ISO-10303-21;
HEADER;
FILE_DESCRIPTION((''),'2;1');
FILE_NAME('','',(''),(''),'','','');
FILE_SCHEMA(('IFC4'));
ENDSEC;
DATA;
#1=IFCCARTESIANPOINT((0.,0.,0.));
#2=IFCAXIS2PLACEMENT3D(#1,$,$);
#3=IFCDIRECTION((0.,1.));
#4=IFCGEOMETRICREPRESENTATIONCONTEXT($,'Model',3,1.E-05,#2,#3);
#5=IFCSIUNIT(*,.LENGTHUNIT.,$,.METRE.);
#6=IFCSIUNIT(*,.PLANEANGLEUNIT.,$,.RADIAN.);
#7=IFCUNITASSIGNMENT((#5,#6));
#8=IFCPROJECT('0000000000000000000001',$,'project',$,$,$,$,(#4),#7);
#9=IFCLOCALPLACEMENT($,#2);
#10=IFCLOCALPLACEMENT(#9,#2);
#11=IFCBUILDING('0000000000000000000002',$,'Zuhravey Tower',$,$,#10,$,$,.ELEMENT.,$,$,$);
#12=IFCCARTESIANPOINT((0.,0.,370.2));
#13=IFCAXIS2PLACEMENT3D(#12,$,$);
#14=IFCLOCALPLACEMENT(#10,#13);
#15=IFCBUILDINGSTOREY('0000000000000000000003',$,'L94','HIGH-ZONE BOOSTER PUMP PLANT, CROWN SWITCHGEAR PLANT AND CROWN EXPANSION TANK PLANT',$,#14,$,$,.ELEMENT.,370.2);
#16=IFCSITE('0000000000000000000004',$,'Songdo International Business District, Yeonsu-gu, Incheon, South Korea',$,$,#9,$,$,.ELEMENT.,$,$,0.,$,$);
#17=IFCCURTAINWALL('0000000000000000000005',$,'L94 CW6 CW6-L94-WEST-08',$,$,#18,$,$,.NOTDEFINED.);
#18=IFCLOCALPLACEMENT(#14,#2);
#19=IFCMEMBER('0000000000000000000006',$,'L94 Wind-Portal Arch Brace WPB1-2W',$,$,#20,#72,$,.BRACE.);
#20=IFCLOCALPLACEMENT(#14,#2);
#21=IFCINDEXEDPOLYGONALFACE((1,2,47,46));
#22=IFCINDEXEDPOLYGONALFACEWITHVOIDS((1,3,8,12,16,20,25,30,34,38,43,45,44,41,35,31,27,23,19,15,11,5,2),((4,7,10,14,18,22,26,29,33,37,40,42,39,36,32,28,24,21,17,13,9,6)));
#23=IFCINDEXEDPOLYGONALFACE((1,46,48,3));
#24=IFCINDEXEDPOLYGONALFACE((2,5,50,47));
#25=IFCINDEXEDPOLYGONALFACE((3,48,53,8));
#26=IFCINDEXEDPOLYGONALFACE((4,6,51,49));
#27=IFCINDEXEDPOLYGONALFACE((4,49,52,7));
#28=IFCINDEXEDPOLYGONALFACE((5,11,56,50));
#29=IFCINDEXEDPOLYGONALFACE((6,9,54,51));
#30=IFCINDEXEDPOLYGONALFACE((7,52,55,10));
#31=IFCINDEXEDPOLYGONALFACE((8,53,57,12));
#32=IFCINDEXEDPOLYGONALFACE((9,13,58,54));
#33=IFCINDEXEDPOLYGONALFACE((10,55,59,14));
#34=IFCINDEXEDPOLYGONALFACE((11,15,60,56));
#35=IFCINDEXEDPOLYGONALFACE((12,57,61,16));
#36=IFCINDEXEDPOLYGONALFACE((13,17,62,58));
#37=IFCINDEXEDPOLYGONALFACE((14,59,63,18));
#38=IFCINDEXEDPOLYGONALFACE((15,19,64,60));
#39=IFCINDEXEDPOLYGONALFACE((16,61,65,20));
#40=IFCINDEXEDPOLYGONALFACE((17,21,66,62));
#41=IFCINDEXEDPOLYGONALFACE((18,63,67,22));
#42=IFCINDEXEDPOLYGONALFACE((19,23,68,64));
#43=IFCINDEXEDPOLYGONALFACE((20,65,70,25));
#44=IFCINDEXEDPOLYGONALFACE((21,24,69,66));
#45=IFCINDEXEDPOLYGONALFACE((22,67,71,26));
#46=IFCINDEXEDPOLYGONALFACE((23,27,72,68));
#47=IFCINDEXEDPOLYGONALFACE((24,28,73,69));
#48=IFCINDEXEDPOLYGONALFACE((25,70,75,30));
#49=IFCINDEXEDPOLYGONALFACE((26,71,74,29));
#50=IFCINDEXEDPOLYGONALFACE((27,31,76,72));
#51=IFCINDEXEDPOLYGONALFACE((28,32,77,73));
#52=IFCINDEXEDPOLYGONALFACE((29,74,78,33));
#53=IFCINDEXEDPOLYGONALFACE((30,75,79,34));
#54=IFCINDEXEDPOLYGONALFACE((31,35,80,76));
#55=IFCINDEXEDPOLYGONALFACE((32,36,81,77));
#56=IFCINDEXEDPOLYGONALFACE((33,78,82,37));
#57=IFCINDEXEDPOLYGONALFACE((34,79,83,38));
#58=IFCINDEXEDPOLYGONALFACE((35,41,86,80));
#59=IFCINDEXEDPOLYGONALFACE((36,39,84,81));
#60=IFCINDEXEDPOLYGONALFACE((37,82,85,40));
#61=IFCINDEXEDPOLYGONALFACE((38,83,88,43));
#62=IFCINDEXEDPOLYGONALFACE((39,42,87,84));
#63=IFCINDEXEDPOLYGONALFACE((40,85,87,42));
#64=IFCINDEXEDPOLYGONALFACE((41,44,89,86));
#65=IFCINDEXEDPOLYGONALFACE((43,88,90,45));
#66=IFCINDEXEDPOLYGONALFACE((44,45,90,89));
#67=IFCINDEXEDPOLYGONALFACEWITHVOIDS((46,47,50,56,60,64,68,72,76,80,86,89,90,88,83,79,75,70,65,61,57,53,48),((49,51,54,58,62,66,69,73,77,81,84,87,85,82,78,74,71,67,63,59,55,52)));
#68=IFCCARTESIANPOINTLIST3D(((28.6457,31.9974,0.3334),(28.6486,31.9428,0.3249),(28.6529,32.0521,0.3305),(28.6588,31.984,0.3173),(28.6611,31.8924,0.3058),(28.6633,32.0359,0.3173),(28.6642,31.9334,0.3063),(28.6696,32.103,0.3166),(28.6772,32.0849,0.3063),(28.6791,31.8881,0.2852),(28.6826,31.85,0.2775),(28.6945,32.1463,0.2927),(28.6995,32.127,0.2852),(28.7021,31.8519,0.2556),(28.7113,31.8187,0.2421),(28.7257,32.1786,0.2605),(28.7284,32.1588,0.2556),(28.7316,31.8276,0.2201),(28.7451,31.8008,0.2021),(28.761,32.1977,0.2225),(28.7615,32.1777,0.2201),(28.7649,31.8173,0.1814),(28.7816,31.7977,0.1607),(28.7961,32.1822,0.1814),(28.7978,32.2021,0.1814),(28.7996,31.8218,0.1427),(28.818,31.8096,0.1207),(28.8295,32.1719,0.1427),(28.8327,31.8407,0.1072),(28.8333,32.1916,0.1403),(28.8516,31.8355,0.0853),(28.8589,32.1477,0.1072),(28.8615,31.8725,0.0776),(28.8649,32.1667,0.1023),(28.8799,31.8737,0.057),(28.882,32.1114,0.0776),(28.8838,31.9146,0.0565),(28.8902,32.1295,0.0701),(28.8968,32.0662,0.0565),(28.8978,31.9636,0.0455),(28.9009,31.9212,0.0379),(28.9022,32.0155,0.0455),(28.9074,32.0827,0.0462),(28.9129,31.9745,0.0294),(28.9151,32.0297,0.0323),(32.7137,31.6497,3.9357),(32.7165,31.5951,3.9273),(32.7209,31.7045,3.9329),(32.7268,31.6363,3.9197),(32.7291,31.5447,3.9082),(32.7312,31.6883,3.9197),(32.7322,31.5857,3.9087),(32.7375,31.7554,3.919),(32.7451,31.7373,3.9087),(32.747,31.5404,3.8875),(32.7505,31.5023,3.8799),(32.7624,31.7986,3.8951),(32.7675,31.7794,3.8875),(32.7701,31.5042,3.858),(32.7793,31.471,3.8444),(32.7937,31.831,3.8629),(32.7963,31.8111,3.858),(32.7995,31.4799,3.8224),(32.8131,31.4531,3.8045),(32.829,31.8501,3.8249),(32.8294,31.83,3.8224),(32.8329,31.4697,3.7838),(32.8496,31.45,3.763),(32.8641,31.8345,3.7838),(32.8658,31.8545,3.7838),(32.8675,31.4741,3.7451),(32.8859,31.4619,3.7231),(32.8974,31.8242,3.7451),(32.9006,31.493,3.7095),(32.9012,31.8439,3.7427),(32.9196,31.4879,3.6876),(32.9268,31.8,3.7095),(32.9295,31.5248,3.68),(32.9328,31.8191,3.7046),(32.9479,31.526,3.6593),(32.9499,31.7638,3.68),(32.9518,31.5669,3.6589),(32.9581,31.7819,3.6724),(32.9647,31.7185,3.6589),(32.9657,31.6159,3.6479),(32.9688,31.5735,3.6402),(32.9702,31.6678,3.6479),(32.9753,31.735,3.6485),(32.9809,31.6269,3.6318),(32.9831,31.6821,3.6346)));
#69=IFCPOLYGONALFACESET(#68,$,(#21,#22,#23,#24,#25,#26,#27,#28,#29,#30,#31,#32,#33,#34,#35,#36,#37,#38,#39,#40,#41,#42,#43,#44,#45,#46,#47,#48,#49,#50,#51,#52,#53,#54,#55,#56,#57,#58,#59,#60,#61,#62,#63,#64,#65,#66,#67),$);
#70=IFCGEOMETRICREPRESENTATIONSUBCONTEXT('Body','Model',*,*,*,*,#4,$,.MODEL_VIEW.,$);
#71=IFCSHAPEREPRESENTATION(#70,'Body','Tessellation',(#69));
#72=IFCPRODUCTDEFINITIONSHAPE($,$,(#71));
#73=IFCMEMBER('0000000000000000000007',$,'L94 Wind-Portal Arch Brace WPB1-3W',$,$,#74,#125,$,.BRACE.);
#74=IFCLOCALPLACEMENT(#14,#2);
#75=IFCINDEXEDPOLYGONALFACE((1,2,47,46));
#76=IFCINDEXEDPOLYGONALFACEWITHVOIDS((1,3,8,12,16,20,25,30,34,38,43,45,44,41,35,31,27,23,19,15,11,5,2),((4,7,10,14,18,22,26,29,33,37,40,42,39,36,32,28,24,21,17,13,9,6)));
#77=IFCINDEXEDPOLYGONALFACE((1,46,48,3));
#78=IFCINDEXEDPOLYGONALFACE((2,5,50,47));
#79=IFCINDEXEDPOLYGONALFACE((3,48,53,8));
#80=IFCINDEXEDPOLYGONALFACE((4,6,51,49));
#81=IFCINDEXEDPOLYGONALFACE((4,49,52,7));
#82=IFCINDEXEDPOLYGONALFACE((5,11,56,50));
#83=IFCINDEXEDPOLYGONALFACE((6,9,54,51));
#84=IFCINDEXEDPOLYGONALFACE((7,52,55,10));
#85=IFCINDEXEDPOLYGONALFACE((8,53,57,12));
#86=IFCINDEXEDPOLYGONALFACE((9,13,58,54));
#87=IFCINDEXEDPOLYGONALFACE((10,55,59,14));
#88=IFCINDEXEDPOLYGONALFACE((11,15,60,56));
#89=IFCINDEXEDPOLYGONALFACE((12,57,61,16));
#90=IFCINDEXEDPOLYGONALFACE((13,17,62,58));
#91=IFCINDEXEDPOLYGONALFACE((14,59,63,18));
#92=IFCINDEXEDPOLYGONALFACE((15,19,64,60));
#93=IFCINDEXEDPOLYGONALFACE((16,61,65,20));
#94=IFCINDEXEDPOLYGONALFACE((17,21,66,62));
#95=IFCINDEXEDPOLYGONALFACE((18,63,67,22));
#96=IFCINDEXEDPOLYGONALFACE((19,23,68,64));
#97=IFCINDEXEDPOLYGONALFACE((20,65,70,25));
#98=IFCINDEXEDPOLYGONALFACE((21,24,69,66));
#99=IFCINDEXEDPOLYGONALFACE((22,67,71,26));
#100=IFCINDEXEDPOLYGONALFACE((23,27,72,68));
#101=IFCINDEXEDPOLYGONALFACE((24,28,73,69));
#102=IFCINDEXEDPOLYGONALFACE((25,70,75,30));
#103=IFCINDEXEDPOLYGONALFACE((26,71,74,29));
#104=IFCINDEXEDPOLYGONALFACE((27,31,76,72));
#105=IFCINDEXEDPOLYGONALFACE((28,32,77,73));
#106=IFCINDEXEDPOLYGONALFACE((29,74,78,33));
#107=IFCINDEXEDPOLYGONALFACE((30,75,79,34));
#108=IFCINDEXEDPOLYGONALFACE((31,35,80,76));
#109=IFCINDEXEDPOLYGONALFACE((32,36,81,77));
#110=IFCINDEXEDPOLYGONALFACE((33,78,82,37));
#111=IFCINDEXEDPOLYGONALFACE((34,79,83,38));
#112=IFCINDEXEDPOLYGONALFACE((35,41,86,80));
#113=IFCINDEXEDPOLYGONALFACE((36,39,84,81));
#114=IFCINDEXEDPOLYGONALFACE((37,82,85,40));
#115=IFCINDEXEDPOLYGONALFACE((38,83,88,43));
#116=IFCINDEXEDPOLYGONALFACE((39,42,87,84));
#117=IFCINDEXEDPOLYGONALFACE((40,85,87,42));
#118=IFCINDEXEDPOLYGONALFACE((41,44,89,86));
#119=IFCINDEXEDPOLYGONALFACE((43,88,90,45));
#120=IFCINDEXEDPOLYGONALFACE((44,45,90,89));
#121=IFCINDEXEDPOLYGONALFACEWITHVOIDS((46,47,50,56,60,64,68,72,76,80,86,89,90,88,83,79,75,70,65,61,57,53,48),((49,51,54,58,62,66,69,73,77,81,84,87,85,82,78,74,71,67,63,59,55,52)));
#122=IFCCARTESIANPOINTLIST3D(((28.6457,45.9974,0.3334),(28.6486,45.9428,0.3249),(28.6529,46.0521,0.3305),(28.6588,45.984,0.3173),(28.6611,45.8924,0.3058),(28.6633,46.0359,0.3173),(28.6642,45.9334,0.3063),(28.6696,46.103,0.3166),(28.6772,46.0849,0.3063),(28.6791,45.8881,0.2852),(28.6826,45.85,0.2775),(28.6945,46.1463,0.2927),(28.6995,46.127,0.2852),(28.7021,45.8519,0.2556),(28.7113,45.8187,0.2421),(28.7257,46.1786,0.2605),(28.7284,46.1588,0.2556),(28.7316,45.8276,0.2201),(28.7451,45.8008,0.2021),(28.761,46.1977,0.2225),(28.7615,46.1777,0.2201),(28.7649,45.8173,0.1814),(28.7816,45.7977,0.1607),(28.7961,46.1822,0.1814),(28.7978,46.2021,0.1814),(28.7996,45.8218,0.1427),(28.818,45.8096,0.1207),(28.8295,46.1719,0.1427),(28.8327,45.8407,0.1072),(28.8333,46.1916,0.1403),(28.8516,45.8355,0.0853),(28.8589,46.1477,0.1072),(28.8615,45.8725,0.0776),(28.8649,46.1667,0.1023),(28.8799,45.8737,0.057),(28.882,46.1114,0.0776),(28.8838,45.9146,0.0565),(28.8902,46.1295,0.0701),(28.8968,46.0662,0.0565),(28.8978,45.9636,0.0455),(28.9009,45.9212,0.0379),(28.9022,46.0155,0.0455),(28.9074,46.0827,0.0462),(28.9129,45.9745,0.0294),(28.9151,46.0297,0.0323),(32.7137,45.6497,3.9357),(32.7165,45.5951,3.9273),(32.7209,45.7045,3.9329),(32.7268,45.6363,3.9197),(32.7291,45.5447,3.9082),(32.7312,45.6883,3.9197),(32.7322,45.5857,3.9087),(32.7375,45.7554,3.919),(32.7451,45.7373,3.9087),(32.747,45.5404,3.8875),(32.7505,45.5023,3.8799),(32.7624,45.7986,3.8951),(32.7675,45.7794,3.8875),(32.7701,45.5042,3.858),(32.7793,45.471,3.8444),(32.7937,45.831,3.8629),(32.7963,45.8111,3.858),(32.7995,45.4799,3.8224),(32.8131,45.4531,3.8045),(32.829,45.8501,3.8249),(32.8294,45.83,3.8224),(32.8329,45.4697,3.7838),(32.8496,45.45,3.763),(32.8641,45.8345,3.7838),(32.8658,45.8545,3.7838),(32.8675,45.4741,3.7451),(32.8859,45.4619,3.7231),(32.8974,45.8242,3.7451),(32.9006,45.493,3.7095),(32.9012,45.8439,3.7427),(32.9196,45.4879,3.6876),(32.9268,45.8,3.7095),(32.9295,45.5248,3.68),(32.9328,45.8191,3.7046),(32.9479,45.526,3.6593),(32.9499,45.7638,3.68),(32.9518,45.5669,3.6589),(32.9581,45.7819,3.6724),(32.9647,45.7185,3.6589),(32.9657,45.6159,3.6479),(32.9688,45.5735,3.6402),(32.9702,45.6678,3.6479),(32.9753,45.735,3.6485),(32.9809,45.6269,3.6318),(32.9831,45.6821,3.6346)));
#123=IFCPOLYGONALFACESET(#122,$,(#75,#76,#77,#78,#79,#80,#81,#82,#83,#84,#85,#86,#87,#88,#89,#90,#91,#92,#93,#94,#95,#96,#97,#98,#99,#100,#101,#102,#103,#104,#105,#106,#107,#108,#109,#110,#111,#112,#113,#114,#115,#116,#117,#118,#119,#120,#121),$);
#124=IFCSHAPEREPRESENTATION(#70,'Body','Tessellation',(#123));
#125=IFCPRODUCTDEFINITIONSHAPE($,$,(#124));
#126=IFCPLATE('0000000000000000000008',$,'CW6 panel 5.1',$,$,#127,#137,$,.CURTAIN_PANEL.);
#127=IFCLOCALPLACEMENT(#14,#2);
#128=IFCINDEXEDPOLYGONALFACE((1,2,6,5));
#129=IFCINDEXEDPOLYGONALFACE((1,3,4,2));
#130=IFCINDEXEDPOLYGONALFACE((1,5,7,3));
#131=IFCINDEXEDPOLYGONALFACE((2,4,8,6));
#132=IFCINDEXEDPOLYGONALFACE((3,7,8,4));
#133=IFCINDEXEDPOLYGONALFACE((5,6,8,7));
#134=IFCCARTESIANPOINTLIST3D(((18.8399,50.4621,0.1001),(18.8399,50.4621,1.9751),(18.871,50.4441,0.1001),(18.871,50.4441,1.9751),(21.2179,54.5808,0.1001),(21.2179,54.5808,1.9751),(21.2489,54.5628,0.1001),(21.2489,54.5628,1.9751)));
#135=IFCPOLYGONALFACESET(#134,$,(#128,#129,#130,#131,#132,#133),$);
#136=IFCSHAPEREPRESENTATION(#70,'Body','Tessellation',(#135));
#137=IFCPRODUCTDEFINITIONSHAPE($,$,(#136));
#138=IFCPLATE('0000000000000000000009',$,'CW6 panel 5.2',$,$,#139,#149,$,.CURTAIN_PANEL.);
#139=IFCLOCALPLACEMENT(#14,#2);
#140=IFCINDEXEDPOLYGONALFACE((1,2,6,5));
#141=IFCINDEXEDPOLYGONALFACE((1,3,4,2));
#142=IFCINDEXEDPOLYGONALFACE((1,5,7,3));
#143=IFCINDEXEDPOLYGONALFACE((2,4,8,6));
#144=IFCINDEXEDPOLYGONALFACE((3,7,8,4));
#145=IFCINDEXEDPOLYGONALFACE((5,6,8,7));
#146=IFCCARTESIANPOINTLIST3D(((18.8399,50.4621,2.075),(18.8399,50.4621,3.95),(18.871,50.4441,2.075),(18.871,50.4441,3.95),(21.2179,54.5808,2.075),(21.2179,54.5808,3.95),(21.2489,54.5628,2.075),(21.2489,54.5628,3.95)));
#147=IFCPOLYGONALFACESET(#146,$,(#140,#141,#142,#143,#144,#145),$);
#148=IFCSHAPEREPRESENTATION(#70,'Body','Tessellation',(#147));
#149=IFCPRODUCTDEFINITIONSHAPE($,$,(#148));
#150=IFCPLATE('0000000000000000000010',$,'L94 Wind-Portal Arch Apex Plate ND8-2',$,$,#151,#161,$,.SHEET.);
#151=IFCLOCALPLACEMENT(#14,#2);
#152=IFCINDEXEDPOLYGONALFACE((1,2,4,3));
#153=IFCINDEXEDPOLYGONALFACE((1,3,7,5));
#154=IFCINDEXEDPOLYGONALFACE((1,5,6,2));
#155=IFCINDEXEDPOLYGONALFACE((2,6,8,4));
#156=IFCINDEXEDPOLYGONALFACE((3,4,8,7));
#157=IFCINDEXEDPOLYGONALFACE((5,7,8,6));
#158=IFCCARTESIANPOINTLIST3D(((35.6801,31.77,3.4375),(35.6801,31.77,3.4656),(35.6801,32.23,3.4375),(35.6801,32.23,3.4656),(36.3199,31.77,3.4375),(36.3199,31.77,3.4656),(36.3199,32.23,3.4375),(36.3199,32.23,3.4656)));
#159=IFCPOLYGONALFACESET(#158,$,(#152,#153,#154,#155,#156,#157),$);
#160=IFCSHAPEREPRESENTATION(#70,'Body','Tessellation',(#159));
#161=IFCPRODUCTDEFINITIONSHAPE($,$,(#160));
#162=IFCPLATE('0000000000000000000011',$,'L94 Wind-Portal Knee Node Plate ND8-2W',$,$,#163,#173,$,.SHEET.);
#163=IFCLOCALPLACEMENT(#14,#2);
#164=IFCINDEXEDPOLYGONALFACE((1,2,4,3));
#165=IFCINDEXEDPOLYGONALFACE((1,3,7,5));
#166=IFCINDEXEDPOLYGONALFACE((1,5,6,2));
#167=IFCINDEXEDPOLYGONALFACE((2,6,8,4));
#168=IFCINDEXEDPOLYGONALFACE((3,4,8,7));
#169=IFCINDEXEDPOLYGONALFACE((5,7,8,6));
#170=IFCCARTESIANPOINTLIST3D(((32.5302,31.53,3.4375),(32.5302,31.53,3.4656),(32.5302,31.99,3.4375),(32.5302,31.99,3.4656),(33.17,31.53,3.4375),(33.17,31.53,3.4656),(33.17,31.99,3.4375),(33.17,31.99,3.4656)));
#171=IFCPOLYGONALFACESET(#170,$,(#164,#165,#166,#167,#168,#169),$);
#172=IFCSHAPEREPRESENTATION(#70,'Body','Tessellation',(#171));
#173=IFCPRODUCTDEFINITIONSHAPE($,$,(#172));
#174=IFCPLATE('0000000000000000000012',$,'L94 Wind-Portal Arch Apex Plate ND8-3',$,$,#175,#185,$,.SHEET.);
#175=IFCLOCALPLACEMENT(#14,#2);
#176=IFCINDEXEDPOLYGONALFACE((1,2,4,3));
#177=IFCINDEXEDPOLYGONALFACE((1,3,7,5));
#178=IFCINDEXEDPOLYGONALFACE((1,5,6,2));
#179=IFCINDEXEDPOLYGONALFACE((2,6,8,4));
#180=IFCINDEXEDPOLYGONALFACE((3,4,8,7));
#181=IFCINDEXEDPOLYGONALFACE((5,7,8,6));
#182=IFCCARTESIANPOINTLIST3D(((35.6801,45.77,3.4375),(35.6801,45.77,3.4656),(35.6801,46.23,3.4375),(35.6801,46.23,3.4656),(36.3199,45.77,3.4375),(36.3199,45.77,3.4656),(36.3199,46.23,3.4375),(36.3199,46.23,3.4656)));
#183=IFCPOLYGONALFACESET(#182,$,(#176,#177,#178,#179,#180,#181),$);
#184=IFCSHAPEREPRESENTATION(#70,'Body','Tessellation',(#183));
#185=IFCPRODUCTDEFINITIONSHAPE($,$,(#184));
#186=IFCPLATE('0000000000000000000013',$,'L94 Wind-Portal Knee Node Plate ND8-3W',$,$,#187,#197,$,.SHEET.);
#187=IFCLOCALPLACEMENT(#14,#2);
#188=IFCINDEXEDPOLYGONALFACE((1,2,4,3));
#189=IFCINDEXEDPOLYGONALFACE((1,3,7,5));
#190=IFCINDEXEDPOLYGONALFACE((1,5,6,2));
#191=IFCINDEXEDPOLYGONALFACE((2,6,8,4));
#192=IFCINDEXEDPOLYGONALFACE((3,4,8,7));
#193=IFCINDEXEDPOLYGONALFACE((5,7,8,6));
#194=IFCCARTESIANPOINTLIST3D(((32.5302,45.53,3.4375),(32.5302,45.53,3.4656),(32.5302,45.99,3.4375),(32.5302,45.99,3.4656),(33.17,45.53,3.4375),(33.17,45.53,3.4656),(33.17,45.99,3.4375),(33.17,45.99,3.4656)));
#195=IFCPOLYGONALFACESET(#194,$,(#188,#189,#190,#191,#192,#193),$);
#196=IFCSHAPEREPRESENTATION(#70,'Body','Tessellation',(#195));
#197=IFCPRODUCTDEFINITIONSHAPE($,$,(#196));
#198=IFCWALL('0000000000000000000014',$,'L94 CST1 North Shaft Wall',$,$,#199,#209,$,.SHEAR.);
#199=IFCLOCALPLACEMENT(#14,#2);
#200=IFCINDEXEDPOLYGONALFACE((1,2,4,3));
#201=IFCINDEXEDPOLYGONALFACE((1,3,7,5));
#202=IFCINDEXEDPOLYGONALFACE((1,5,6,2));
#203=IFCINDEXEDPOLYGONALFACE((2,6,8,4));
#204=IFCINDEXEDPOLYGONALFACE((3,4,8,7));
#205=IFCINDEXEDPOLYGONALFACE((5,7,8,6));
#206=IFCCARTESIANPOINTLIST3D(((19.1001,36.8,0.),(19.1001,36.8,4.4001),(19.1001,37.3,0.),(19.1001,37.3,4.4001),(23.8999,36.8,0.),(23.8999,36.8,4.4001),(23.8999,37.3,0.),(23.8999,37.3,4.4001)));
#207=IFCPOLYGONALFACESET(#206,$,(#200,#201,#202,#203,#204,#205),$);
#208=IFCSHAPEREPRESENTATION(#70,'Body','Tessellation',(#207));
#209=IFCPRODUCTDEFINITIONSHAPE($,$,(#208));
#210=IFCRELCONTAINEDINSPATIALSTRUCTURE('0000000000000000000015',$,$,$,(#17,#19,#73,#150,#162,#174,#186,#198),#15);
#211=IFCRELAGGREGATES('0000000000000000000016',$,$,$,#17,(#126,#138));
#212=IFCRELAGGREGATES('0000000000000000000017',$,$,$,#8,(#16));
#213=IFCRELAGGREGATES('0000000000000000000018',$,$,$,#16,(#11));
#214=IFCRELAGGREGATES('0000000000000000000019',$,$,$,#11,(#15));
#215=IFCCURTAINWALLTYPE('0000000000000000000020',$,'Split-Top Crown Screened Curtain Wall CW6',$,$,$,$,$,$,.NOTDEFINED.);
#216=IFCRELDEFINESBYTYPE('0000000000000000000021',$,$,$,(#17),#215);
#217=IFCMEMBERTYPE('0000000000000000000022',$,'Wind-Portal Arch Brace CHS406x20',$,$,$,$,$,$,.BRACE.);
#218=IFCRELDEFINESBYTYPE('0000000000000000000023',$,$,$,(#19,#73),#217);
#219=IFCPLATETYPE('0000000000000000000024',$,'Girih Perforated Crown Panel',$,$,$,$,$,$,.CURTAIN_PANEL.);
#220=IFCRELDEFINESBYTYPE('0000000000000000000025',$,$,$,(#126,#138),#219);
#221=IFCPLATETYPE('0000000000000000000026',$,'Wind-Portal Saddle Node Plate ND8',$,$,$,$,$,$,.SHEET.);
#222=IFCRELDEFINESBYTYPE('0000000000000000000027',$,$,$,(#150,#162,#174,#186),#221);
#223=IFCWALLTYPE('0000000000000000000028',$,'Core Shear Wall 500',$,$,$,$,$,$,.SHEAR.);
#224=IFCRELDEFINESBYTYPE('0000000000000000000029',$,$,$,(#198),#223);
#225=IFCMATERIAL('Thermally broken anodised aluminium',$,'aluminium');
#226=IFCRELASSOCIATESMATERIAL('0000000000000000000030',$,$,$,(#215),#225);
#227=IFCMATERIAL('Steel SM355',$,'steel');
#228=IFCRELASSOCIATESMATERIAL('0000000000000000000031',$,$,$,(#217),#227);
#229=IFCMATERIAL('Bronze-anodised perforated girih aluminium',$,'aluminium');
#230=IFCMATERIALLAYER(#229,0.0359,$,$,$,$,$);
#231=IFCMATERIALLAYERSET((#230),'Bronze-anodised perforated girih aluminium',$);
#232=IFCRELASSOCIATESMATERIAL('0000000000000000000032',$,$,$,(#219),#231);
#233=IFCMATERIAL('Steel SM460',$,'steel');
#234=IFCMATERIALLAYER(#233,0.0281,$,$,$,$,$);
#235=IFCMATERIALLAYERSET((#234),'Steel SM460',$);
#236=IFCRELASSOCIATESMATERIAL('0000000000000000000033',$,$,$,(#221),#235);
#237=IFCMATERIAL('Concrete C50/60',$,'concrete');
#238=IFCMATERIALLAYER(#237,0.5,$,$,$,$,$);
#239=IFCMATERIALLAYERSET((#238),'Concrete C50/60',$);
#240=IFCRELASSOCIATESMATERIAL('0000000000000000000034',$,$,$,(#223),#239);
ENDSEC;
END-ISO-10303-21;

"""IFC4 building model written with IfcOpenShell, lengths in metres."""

from ifc_helpers import new_model, si_unit, direction, frame, frame_2d, origin, origin_2d, place, context, subcontext, project, spatial, rectangle, hollow_circle, extrude, material, layer, layer_set, material_profile, profile_set, type_object, element, aggregate, save


model = new_model("IFC4")

# Units and contexts
model_context = context("Model", 3, precision=1e-05, world=origin(), true_north=direction((0.0, 1.0)))
body_context = subcontext(model_context, "Body", "Model", "MODEL_VIEW")
ifc_project = project(units=[si_unit("LENGTHUNIT", "METRE"), si_unit("PLANEANGLEUNIT", "RADIAN")], contexts=[model_context])

# Site, building, storey
site_placement = place(None, origin())
site = spatial("IfcSite", under=ifc_project, at=site_placement, Name="Songdo International Business District, Yeonsu-gu, Incheon, South Korea", CompositionType="ELEMENT", RefElevation=0.0)
building_placement = place(site_placement, origin())
building = spatial("IfcBuilding", under=site, at=building_placement, Name="Zuhravey Tower", CompositionType="ELEMENT")
storey_placement = place(building_placement, frame((0.0, 0.0, 370.2)))
storey = spatial("IfcBuildingStorey", under=building, at=storey_placement, Name="L94", Description="HIGH-ZONE BOOSTER PUMP PLANT, CROWN SWITCHGEAR PLANT AND CROWN EXPANSION TANK PLANT", CompositionType="ELEMENT", Elevation=370.2)

# Shared definitions
ifc_material_1 = material(Name="Steel SM355", Category="steel")

# Curtain wall
ifc_material_2 = material(Name="Thermally broken anodised aluminium", Category="aluminium")
curtain_wall_type = type_object("IfcCurtainWallType", Name="Split-Top Crown Screened Curtain Wall CW6", PredefinedType="NOTDEFINED", material=ifc_material_2)
curtain_wall_placement = place(storey_placement, origin())
curtain_wall = element("IfcCurtainWall", 1, at=curtain_wall_placement, inside=storey, type_object=curtain_wall_type, Name="L94 CW6 CW6-L94-WEST-08", PredefinedType="NOTDEFINED")

# Members
ifc_material_profile_1 = material_profile(ifc_material_1, hollow_circle(Radius=0.2031, WallThickness=0.02, at=origin_2d()), Name="CHS-406.4x20")
ifc_profile_set_1 = profile_set([ifc_material_profile_1], Name="Steel SM355")
member_type_1 = type_object("IfcMemberType", Name="Wind-Portal Arch Brace CHS406x20", PredefinedType="BRACE", material=ifc_profile_set_1)
for number, where, z_axis, x_axis, name in (
    (2, (28.7805, 31.9998, 0.1814), (0.747122, -0.063852, 0.661613), (0.085154, 0.996368, 0.0), "L94 Wind-Portal Arch Brace WPB1-2W"),
    (3, (28.7805, 45.9998, 0.1814), (0.747122, -0.063852, 0.661613), (0.085154, 0.996368, 0.0), "L94 Wind-Portal Arch Brace WPB1-3W"),
):
    element("IfcMember", number, at=place(storey_placement, frame(where, z_axis=z_axis, x_axis=x_axis)), inside=storey, type_object=member_type_1, Name=name, PredefinedType="BRACE", context=body_context, shape_type="SweptSolid", body=[
        extrude(hollow_circle(Radius=0.2031, WallThickness=0.02, at=origin_2d()), origin(), (0.0, 0.0, 1.0), 5.4448),
    ])

# Plates
ifc_material_3 = material(Name="Bronze-anodised perforated girih aluminium", Category="aluminium")
ifc_layer_1 = layer(ifc_material_3, 0.0359)
ifc_layer_set_1 = layer_set([ifc_layer_1], Name="Bronze-anodised perforated girih aluminium")
plate_type_1 = type_object("IfcPlateType", Name="Girih Perforated Crown Panel", PredefinedType="CURTAIN_PANEL", material=ifc_layer_set_1)
plate_1_placement = place(storey_placement, frame((20.0444, 52.5125, 0.1001), z_axis=(0.0, 0.0, 1.0), x_axis=(0.499997, 0.866027, 0.0)))
plate_1 = element("IfcPlate", 4, at=plate_1_placement, type_object=plate_type_1, Name="CW6 panel 5.1", PredefinedType="CURTAIN_PANEL", context=body_context, shape_type="SweptSolid", body=[
    extrude(rectangle(XDim=4.7559, YDim=0.0359, at=origin_2d()), origin(), (0.0, 0.0, 1.0), 1.875),
])
plate_2_placement = place(storey_placement, frame((20.0444, 52.5125, 2.075), z_axis=(0.0, 0.0, 1.0), x_axis=(0.499997, 0.866027, 0.0)))
plate_2 = element("IfcPlate", 5, at=plate_2_placement, type_object=plate_type_1, Name="CW6 panel 5.2", PredefinedType="CURTAIN_PANEL", context=body_context, shape_type="SweptSolid", body=[
    extrude(rectangle(XDim=4.7559, YDim=0.0359, at=origin_2d()), origin(), (0.0, 0.0, 1.0), 1.875),
])
aggregate(curtain_wall, [plate_1, plate_2])

# Plates
ifc_material_4 = material(Name="Steel SM460", Category="steel")
ifc_layer_2 = layer(ifc_material_4, 0.0281)
ifc_layer_set_2 = layer_set([ifc_layer_2], Name="Steel SM460")
plate_type_2 = type_object("IfcPlateType", Name="Wind-Portal Saddle Node Plate ND8", PredefinedType="SHEET", material=ifc_layer_set_2)
for number, where, z_axis, x_axis, name in (
    (6, (36.0, 32.0, 3.4375), (0.0, 0.0, 1.0), (1.0, 0.0, 0.0), "L94 Wind-Portal Arch Apex Plate ND8-2"),
    (7, (32.8501, 31.76, 3.4375), (0.0, 0.0, 1.0), (1.0, 0.0, 0.0), "L94 Wind-Portal Knee Node Plate ND8-2W"),
    (8, (36.0, 46.0, 3.4375), (0.0, 0.0, 1.0), (1.0, 0.0, 0.0), "L94 Wind-Portal Arch Apex Plate ND8-3"),
    (9, (32.8501, 45.76, 3.4375), (0.0, 0.0, 1.0), (1.0, 0.0, 0.0), "L94 Wind-Portal Knee Node Plate ND8-3W"),
):
    element("IfcPlate", number, at=place(storey_placement, frame(where, z_axis=z_axis, x_axis=x_axis)), inside=storey, type_object=plate_type_2, Name=name, PredefinedType="SHEET", context=body_context, shape_type="SweptSolid", body=[
        extrude(rectangle(XDim=0.6399, YDim=0.46, at=origin_2d()), origin(), (0.0, 0.0, 1.0), 0.0281),
    ])

# Wall
ifc_material_5 = material(Name="Concrete C50/60", Category="concrete")
ifc_layer_3 = layer(ifc_material_5, 0.5)
ifc_layer_set_3 = layer_set([ifc_layer_3], Name="Concrete C50/60")
wall_type_1 = type_object("IfcWallType", Name="Core Shear Wall 500", PredefinedType="SHEAR", material=ifc_layer_set_3)
wall_1_placement = place(storey_placement, frame((23.8999, 37.05, 0.0), z_axis=(0.0, 0.0, 1.0), x_axis=(-1.0, 0.0, 0.0)))
element("IfcWall", 10, at=wall_1_placement, inside=storey, type_object=wall_type_1, Name="L94 CST1 North Shaft Wall", PredefinedType="SHEAR", context=body_context, shape_type="SweptSolid", body=[
    extrude(rectangle(XDim=4.7998, YDim=0.5, at=frame_2d((2.3999, 0.0))), origin(), (0.0, 0.0, 1.0), 4.4001),
])

save(model, "model.ifc")
